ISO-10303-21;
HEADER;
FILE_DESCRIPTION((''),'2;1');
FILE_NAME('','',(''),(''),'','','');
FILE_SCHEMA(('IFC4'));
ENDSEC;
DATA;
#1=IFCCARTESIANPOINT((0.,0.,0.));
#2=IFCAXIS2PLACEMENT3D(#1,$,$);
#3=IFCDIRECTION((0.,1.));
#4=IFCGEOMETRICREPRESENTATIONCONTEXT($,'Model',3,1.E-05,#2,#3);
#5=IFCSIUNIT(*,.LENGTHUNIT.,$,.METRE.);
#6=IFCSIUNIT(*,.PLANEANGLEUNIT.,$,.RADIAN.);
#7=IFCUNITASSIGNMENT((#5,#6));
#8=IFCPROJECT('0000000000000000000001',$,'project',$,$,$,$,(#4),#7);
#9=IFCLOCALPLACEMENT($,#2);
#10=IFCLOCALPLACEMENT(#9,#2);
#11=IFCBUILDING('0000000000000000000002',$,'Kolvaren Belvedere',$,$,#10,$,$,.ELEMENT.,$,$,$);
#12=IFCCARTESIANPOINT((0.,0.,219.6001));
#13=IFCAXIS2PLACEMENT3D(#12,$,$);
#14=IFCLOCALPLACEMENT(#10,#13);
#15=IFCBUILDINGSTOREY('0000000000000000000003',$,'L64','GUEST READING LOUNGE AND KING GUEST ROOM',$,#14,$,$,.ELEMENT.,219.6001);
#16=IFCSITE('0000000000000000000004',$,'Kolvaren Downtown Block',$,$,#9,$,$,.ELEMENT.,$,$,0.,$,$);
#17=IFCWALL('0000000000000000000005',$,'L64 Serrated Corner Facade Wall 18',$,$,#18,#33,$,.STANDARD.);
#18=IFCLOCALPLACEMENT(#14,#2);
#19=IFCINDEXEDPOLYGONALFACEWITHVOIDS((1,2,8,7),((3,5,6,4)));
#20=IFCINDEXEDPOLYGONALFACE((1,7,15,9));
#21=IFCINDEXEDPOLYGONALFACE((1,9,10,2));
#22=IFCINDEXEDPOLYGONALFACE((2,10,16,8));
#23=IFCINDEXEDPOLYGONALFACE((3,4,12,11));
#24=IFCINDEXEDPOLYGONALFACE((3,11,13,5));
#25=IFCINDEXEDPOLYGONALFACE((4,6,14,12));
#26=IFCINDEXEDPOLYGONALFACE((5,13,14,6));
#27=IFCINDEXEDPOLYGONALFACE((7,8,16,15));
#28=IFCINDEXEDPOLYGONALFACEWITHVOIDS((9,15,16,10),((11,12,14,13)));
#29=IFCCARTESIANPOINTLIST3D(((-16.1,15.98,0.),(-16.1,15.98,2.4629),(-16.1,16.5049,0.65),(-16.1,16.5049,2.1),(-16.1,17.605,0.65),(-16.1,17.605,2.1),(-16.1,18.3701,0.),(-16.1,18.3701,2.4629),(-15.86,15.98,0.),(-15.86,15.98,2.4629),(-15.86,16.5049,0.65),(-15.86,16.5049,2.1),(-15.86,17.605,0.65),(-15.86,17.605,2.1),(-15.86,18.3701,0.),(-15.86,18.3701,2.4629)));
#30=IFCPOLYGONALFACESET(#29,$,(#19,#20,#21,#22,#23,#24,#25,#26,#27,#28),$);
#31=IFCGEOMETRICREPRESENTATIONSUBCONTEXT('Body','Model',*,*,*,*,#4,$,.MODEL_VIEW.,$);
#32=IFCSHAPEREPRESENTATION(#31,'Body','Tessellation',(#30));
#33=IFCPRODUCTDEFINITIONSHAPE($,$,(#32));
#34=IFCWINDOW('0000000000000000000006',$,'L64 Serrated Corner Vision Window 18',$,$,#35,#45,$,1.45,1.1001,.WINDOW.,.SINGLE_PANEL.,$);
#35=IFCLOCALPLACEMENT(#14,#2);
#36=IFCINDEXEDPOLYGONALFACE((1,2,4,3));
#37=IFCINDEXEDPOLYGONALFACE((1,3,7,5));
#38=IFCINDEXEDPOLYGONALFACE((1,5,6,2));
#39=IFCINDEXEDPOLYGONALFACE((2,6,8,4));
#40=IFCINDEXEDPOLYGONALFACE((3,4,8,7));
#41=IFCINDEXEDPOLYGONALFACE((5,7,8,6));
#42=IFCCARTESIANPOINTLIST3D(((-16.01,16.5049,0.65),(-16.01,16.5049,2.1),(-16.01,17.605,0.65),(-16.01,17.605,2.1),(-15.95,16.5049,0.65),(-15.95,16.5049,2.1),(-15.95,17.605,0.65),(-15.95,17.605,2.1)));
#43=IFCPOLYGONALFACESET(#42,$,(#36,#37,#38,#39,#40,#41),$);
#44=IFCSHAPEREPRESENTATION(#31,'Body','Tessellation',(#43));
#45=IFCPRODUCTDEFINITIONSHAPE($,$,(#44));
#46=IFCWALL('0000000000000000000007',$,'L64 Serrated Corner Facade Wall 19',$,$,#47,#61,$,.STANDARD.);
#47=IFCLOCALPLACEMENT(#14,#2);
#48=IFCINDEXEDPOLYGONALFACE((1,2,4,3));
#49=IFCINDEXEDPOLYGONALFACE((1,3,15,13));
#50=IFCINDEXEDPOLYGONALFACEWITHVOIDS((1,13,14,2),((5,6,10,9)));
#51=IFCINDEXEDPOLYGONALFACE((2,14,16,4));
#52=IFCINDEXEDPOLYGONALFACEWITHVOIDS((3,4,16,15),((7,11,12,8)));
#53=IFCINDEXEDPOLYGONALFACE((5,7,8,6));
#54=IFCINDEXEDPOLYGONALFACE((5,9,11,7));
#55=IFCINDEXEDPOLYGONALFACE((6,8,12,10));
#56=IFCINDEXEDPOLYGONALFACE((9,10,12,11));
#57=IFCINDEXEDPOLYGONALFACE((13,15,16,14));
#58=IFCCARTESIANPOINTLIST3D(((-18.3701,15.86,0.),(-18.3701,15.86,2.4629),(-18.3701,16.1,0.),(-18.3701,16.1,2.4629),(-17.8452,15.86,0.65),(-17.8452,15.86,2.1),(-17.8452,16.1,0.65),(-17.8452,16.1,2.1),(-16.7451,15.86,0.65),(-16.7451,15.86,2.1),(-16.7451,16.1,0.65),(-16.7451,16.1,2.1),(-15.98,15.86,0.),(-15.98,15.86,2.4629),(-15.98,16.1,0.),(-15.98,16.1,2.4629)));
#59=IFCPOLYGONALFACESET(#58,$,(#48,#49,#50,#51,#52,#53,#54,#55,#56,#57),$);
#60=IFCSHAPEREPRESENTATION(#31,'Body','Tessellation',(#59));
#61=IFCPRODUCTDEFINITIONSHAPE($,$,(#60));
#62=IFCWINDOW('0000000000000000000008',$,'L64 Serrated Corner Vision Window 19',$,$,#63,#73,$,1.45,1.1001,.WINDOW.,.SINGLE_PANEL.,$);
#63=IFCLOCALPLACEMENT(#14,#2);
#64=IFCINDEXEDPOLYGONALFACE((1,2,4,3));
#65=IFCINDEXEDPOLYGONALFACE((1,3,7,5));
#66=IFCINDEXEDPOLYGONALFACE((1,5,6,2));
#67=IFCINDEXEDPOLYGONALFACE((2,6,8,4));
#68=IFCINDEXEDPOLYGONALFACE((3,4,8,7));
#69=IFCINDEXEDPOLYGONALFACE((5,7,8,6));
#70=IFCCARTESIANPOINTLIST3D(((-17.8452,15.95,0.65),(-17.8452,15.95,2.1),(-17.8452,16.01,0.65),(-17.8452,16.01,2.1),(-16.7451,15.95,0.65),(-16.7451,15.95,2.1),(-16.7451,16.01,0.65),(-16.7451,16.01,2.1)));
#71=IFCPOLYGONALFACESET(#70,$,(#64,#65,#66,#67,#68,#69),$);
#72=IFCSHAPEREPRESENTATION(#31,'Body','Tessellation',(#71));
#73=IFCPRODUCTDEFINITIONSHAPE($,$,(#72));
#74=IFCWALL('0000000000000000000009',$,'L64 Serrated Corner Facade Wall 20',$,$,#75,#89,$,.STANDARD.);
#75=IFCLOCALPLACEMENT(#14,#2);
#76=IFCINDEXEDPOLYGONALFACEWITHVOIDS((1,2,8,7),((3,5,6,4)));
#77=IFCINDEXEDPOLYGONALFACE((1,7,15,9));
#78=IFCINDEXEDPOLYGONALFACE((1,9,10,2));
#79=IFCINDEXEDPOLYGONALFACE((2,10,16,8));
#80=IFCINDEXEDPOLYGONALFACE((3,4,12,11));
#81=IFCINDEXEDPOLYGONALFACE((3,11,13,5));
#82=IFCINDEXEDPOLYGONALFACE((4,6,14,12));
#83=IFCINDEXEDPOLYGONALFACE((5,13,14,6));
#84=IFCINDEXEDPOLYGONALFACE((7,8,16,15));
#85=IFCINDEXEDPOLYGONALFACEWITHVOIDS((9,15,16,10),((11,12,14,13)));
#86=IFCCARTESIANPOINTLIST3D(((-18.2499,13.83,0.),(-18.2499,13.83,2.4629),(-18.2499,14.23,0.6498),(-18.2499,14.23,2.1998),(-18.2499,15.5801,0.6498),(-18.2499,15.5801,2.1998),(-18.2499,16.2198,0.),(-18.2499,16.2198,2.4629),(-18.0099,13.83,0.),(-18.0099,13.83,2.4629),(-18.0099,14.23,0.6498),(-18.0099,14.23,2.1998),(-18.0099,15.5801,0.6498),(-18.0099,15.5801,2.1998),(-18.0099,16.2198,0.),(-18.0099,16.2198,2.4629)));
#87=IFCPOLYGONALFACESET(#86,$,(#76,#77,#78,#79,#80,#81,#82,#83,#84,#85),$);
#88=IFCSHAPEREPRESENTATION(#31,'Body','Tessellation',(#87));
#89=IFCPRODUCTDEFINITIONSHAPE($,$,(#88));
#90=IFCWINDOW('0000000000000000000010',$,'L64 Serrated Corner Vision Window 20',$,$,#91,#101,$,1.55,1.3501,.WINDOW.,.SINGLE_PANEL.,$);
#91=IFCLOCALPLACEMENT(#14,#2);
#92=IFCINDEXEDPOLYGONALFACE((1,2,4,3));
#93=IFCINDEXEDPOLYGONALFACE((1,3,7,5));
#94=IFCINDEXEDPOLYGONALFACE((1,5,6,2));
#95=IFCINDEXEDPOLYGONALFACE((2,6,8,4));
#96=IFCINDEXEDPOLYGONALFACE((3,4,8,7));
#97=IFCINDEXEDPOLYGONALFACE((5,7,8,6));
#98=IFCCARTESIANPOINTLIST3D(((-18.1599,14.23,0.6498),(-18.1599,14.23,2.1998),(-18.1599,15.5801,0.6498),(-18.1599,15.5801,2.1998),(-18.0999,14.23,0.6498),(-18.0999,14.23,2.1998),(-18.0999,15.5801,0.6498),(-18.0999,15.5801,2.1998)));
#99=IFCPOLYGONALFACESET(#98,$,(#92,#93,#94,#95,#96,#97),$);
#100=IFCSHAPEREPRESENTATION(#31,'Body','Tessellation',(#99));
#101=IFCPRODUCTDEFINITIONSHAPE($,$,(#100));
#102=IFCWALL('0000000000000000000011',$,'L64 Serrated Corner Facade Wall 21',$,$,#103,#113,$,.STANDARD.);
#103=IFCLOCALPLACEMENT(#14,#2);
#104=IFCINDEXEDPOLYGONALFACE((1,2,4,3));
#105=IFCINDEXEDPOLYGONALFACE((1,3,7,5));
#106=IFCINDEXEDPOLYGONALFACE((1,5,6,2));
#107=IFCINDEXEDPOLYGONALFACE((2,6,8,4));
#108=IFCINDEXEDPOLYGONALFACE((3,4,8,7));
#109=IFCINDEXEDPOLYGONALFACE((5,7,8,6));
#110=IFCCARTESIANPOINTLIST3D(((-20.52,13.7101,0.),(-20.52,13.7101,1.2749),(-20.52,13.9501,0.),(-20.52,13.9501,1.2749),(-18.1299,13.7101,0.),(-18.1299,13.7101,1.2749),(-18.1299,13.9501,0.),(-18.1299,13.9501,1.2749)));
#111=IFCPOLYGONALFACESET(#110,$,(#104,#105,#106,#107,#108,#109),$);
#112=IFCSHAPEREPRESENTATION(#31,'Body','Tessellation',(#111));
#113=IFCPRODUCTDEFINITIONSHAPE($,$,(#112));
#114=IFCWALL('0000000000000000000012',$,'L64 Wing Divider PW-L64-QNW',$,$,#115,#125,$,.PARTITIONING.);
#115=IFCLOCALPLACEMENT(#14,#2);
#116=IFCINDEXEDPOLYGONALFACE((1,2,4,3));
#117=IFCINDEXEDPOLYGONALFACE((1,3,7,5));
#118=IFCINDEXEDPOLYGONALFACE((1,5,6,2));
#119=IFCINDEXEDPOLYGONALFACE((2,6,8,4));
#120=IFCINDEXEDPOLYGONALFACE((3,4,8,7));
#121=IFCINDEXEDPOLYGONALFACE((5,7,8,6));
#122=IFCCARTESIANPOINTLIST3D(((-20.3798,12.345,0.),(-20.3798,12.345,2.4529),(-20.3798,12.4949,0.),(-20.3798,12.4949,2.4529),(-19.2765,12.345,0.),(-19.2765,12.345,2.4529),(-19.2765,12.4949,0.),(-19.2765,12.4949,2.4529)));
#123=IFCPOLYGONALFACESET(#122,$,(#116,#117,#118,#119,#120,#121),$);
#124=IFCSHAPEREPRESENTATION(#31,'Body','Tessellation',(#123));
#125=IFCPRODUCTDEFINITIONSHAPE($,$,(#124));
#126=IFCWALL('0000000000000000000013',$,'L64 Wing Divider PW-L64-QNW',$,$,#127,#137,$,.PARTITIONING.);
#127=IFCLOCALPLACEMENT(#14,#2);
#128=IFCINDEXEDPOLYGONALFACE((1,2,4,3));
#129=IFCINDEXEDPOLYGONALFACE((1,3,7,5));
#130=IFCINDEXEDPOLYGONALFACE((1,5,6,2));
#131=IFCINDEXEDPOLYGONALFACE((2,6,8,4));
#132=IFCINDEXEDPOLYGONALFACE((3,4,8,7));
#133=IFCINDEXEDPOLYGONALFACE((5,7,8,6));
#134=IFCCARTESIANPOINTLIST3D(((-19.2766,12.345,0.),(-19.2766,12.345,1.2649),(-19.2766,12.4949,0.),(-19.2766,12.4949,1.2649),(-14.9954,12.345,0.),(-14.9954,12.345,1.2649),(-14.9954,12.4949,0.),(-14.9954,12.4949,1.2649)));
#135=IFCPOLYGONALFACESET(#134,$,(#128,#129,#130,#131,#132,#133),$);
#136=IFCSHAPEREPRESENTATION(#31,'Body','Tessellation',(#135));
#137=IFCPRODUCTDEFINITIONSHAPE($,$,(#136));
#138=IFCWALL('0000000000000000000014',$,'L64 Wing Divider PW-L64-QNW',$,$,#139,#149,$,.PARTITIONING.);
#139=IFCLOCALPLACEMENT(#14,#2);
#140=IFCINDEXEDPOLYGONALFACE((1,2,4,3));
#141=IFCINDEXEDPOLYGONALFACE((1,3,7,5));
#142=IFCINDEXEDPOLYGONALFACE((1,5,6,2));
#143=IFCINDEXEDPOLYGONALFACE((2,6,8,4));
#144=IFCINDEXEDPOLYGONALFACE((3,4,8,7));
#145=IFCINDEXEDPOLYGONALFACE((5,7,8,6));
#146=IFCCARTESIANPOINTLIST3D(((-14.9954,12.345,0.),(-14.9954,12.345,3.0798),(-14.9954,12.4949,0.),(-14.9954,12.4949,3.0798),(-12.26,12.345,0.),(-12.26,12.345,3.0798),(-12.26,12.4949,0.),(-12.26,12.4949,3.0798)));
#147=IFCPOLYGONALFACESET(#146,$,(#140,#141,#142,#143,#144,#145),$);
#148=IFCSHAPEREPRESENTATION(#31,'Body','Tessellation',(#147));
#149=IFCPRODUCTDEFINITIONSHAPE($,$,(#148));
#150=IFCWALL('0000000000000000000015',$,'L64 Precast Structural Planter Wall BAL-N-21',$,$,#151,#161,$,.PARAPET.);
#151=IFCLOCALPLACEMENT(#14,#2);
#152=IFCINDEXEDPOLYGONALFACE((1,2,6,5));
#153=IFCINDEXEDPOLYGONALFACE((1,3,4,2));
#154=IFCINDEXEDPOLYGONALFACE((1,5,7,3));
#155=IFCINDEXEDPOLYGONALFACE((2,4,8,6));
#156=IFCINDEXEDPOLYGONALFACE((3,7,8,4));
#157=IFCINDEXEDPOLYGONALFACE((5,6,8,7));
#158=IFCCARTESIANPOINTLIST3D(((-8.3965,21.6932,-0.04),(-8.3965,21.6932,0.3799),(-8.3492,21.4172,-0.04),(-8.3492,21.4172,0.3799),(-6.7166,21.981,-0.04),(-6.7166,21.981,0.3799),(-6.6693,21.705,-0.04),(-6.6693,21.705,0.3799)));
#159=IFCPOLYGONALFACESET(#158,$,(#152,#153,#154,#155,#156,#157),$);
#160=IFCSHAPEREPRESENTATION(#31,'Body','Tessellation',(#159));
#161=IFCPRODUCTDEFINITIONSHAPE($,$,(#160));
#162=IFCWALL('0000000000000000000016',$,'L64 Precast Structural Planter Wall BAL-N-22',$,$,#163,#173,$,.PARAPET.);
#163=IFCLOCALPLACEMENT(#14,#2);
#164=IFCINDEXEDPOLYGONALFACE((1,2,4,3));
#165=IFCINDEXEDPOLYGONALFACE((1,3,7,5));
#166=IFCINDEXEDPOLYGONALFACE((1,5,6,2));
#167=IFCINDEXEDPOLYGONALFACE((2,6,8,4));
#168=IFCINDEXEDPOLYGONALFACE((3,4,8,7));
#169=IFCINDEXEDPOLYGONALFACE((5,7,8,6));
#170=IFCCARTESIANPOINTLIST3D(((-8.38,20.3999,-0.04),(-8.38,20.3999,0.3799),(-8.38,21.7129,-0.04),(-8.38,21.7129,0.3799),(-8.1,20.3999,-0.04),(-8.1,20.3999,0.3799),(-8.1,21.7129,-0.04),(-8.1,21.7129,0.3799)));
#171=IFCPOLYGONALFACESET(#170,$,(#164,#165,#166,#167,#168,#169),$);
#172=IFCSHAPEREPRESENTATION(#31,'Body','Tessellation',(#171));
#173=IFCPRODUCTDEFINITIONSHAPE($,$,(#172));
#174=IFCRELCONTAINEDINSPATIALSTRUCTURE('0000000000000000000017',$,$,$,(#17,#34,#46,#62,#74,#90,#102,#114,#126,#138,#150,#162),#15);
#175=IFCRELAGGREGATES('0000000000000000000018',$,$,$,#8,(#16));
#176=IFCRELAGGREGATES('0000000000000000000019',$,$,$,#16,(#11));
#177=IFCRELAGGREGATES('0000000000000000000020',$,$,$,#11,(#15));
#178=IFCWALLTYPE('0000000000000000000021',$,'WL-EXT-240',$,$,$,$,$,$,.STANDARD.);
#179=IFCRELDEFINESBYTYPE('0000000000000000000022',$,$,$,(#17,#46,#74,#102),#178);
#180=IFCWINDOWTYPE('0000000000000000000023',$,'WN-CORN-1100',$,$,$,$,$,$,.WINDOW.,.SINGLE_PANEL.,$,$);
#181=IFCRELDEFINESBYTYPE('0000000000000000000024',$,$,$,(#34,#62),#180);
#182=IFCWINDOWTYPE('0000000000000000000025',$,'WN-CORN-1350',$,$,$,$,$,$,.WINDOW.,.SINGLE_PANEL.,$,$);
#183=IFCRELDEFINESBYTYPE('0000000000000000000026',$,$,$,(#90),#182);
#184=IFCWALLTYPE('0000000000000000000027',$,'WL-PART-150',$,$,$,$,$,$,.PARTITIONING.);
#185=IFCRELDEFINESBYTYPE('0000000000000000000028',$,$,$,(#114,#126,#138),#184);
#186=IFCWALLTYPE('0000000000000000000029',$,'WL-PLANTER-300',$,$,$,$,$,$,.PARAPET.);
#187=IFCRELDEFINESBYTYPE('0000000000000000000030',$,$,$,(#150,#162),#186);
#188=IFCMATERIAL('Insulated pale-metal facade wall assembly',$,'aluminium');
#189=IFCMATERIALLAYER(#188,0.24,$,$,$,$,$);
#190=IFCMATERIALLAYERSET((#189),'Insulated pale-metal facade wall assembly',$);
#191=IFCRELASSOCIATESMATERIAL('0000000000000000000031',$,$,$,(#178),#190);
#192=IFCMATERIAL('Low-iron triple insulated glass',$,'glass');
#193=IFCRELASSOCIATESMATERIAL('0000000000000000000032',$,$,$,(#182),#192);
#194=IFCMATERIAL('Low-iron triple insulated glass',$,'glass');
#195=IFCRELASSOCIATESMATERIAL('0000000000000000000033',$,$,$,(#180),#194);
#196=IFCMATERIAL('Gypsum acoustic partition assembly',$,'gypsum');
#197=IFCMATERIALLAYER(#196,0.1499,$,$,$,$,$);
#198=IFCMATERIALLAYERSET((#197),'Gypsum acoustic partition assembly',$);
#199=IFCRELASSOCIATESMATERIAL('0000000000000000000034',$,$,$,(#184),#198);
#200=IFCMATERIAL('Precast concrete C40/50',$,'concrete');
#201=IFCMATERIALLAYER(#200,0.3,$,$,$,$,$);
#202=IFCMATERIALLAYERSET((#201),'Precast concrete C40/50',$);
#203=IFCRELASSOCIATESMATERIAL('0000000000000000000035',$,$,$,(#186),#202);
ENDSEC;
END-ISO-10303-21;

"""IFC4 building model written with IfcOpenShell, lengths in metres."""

from ifc_helpers import new_model, si_unit, direction, frame, frame_2d, origin, place, context, subcontext, project, spatial, rectangle, extrude, material, layer, layer_set, type_object, element, fill, save


model = new_model("IFC4")

# Units and contexts
model_context = context("Model", 3, precision=1e-05, world=origin(), true_north=direction((0.0, 1.0)))
body_context = subcontext(model_context, "Body", "Model", "MODEL_VIEW")
ifc_project = project(units=[si_unit("LENGTHUNIT", "METRE"), si_unit("PLANEANGLEUNIT", "RADIAN")], contexts=[model_context])

# Site, building, storey
site_placement = place(None, origin())
site = spatial("IfcSite", under=ifc_project, at=site_placement, Name="Kolvaren Downtown Block", CompositionType="ELEMENT", RefElevation=0.0)
building_placement = place(site_placement, origin())
building = spatial("IfcBuilding", under=site, at=building_placement, Name="Kolvaren Belvedere", CompositionType="ELEMENT")
storey_placement = place(building_placement, frame((0.0, 0.0, 219.6001)))
storey = spatial("IfcBuildingStorey", under=building, at=storey_placement, Name="L64", Description="GUEST READING LOUNGE AND KING GUEST ROOM", CompositionType="ELEMENT", Elevation=219.6001)

# Shared definitions
ifc_material_1 = material(Name="Insulated pale-metal facade wall assembly", Category="aluminium")
ifc_layer_1 = layer(ifc_material_1, 0.24)
ifc_layer_set_1 = layer_set([ifc_layer_1], Name="Insulated pale-metal facade wall assembly")
wall_type_1 = type_object("IfcWallType", Name="WL-EXT-240", PredefinedType="STANDARD", material=ifc_layer_set_1)

# Walls, openings, windows
ifc_material_2 = material(Name="Low-iron triple insulated glass", Category="glass")
window_type_1 = type_object("IfcWindowType", Name="WN-CORN-1350", PartitioningType="SINGLE_PANEL", PredefinedType="WINDOW", material=ifc_material_2)
wall_1_placement = place(storey_placement, frame((-15.98, 15.98, 0.0), z_axis=(0.0, 0.0, 1.0), x_axis=(0.0, 1.0, 0.0)))
wall_1 = element("IfcWall", 1, at=wall_1_placement, inside=storey, type_object=wall_type_1, Name="L64 Serrated Corner Facade Wall 18", PredefinedType="STANDARD", context=body_context, shape_type="SweptSolid", body=[
    extrude(rectangle(XDim=2.3901, YDim=0.24, at=frame_2d((1.1951, 0.0))), origin(), (0.0, 0.0, 1.0), 2.4629),
])
opening_1_placement = place(wall_1_placement, frame((0.5249, 0.0, 0.6499)))
opening_1 = element("IfcOpeningElement", 2, at=opening_1_placement, cuts=wall_1, PredefinedType="OPENING", context=body_context, shape_type="SweptSolid", body=[
    extrude(rectangle(XDim=1.1001, YDim=1.45, at=frame_2d((0.55, 0.7251))), frame((0.0, 0.1299, 0.0), z_axis=(0.0, -1.0, 0.0), x_axis=(1.0, 0.0, 0.0)), (0.0, 0.0, 1.0), 0.26),
])
ifc_material_3 = material(Name="Low-iron triple insulated glass", Category="glass")
window_type_2 = type_object("IfcWindowType", Name="WN-CORN-1100", PartitioningType="SINGLE_PANEL", PredefinedType="WINDOW", material=ifc_material_3)
window_1_placement = place(opening_1_placement, origin())
window_1 = element("IfcWindow", 3, at=window_1_placement, inside=storey, type_object=window_type_2, Name="L64 Serrated Corner Vision Window 18", OverallHeight=1.45, OverallWidth=1.1001, PartitioningType="SINGLE_PANEL", PredefinedType="WINDOW", context=body_context, shape_type="SweptSolid", body=[
    extrude(rectangle(XDim=1.1001, YDim=1.45, at=frame_2d((0.55, 0.7251))), frame((0.0, 0.03, 0.0), z_axis=(0.0, -1.0, 0.0), x_axis=(1.0, 0.0, 0.0)), (0.0, 0.0, 1.0), 0.0601),
])
fill(opening_1, window_1)
wall_2_placement = place(storey_placement, frame((-18.3701, 15.98, 0.0), z_axis=(0.0, 0.0, 1.0), x_axis=(1.0, 0.0, 0.0)))
wall_2 = element("IfcWall", 4, at=wall_2_placement, inside=storey, type_object=wall_type_1, Name="L64 Serrated Corner Facade Wall 19", PredefinedType="STANDARD", context=body_context, shape_type="SweptSolid", body=[
    extrude(rectangle(XDim=2.3901, YDim=0.24, at=frame_2d((1.1951, 0.0))), origin(), (0.0, 0.0, 1.0), 2.4629),
])
opening_2_placement = place(wall_2_placement, frame((0.5249, 0.0, 0.6499)))
opening_2 = element("IfcOpeningElement", 5, at=opening_2_placement, cuts=wall_2, PredefinedType="OPENING", context=body_context, shape_type="SweptSolid", body=[
    extrude(rectangle(XDim=1.1001, YDim=1.45, at=frame_2d((0.55, 0.7251))), frame((0.0, 0.1299, 0.0), z_axis=(0.0, -1.0, 0.0), x_axis=(1.0, 0.0, 0.0)), (0.0, 0.0, 1.0), 0.26),
])
window_2_placement = place(opening_2_placement, origin())
window_2 = element("IfcWindow", 6, at=window_2_placement, inside=storey, type_object=window_type_2, Name="L64 Serrated Corner Vision Window 19", OverallHeight=1.45, OverallWidth=1.1001, PartitioningType="SINGLE_PANEL", PredefinedType="WINDOW", context=body_context, shape_type="SweptSolid", body=[
    extrude(rectangle(XDim=1.1001, YDim=1.45, at=frame_2d((0.55, 0.7251))), frame((0.0, 0.03, 0.0), z_axis=(0.0, -1.0, 0.0), x_axis=(1.0, 0.0, 0.0)), (0.0, 0.0, 1.0), 0.0601),
])
fill(opening_2, window_2)
wall_3_placement = place(storey_placement, frame((-18.1299, 13.8301, 0.0), z_axis=(0.0, 0.0, 1.0), x_axis=(0.0, 1.0, 0.0)))
wall_3 = element("IfcWall", 7, at=wall_3_placement, inside=storey, type_object=wall_type_1, Name="L64 Serrated Corner Facade Wall 20", PredefinedType="STANDARD", context=body_context, shape_type="SweptSolid", body=[
    extrude(rectangle(XDim=2.3899, YDim=0.24, at=frame_2d((1.1948, 0.0))), origin(), (0.0, 0.0, 1.0), 2.4629),
])
opening_3_placement = place(wall_3_placement, frame((0.3999, 0.0, 0.6499)))
opening_3 = element("IfcOpeningElement", 8, at=opening_3_placement, cuts=wall_3, PredefinedType="OPENING", context=body_context, shape_type="SweptSolid", body=[
    extrude(rectangle(XDim=1.3501, YDim=1.55, at=frame_2d((0.675, 0.7749))), frame((0.0, 0.1299, 0.0), z_axis=(0.0, -1.0, 0.0), x_axis=(1.0, 0.0, 0.0)), (0.0, 0.0, 1.0), 0.26),
])
window_3_placement = place(opening_3_placement, origin())
window_3 = element("IfcWindow", 9, at=window_3_placement, inside=storey, type_object=window_type_1, Name="L64 Serrated Corner Vision Window 20", OverallHeight=1.55, OverallWidth=1.3501, PartitioningType="SINGLE_PANEL", PredefinedType="WINDOW", context=body_context, shape_type="SweptSolid", body=[
    extrude(rectangle(XDim=1.3501, YDim=1.55, at=frame_2d((0.675, 0.7749))), frame((0.0, 0.03, 0.0), z_axis=(0.0, -1.0, 0.0), x_axis=(1.0, 0.0, 0.0)), (0.0, 0.0, 1.0), 0.0601),
])
fill(opening_3, window_3)

# Walls
wall_4_placement = place(storey_placement, frame((-20.52, 13.8301, 0.0), z_axis=(0.0, 0.0, 1.0), x_axis=(1.0, 0.0, 0.0)))
element("IfcWall", 10, at=wall_4_placement, inside=storey, type_object=wall_type_1, Name="L64 Serrated Corner Facade Wall 21", PredefinedType="STANDARD", context=body_context, shape_type="SweptSolid", body=[
    extrude(rectangle(XDim=2.3901, YDim=0.24, at=frame_2d((1.1951, 0.0))), origin(), (0.0, 0.0, 1.0), 1.2749),
])
ifc_material_4 = material(Name="Gypsum acoustic partition assembly", Category="gypsum")
ifc_layer_2 = layer(ifc_material_4, 0.1499)
ifc_layer_set_2 = layer_set([ifc_layer_2], Name="Gypsum acoustic partition assembly")
wall_type_2 = type_object("IfcWallType", Name="WL-PART-150", PredefinedType="PARTITIONING", material=ifc_layer_set_2)
wall_5_placement = place(storey_placement, frame((-20.3799, 12.4199, 0.0), z_axis=(0.0, 0.0, 1.0), x_axis=(1.0, 0.0, 0.0)))
element("IfcWall", 11, at=wall_5_placement, inside=storey, type_object=wall_type_2, Name="L64 Wing Divider PW-L64-QNW", PredefinedType="PARTITIONING", context=body_context, shape_type="SweptSolid", body=[
    extrude(rectangle(XDim=1.1033, YDim=0.1499, at=frame_2d((0.5518, 0.0))), origin(), (0.0, 0.0, 1.0), 2.4529),
])
wall_6_placement = place(storey_placement, frame((-19.2766, 12.4199, 0.0), z_axis=(0.0, 0.0, 1.0), x_axis=(1.0, 0.0, 0.0)))
element("IfcWall", 12, at=wall_6_placement, inside=storey, type_object=wall_type_2, Name="L64 Wing Divider PW-L64-QNW", PredefinedType="PARTITIONING", context=body_context, shape_type="SweptSolid", body=[
    extrude(rectangle(XDim=4.2812, YDim=0.1499, at=frame_2d((2.1406, 0.0))), origin(), (0.0, 0.0, 1.0), 1.2649),
])
wall_7_placement = place(storey_placement, frame((-14.9954, 12.4199, 0.0), z_axis=(0.0, 0.0, 1.0), x_axis=(1.0, 0.0, 0.0)))
element("IfcWall", 13, at=wall_7_placement, inside=storey, type_object=wall_type_2, Name="L64 Wing Divider PW-L64-QNW", PredefinedType="PARTITIONING", context=body_context, shape_type="SweptSolid", body=[
    extrude(rectangle(XDim=2.7354, YDim=0.1499, at=frame_2d((1.3677, 0.0))), origin(), (0.0, 0.0, 1.0), 3.0798),
])
ifc_material_5 = material(Name="Precast concrete C40/50", Category="concrete")
ifc_layer_3 = layer(ifc_material_5, 0.3)
ifc_layer_set_3 = layer_set([ifc_layer_3], Name="Precast concrete C40/50")
wall_type_3 = type_object("IfcWallType", Name="WL-PLANTER-300", PredefinedType="PARAPET", material=ifc_layer_set_3)
wall_8_placement = place(storey_placement, frame((-6.6931, 21.843, -0.04), z_axis=(0.0, 0.0, 1.0), x_axis=(-0.985637, -0.16888, 0.0)))
element("IfcWall", 14, at=wall_8_placement, inside=storey, type_object=wall_type_3, Name="L64 Precast Structural Planter Wall BAL-N-21", PredefinedType="PARAPET", context=body_context, shape_type="SweptSolid", body=[
    extrude(rectangle(XDim=1.7043, YDim=0.28, at=frame_2d((0.8521, 0.0))), origin(), (0.0, 0.0, 1.0), 0.4199),
])
wall_9_placement = place(storey_placement, frame((-8.24, 21.7129, -0.04), z_axis=(0.0, 0.0, 1.0), x_axis=(0.0, -1.0, 0.0)))
element("IfcWall", 15, at=wall_9_placement, inside=storey, type_object=wall_type_3, Name="L64 Precast Structural Planter Wall BAL-N-22", PredefinedType="PARAPET", context=body_context, shape_type="SweptSolid", body=[
    extrude(rectangle(XDim=1.313, YDim=0.28, at=frame_2d((0.6565, 0.0))), origin(), (0.0, 0.0, 1.0), 0.4199),
])

save(model, "model.ifc")
